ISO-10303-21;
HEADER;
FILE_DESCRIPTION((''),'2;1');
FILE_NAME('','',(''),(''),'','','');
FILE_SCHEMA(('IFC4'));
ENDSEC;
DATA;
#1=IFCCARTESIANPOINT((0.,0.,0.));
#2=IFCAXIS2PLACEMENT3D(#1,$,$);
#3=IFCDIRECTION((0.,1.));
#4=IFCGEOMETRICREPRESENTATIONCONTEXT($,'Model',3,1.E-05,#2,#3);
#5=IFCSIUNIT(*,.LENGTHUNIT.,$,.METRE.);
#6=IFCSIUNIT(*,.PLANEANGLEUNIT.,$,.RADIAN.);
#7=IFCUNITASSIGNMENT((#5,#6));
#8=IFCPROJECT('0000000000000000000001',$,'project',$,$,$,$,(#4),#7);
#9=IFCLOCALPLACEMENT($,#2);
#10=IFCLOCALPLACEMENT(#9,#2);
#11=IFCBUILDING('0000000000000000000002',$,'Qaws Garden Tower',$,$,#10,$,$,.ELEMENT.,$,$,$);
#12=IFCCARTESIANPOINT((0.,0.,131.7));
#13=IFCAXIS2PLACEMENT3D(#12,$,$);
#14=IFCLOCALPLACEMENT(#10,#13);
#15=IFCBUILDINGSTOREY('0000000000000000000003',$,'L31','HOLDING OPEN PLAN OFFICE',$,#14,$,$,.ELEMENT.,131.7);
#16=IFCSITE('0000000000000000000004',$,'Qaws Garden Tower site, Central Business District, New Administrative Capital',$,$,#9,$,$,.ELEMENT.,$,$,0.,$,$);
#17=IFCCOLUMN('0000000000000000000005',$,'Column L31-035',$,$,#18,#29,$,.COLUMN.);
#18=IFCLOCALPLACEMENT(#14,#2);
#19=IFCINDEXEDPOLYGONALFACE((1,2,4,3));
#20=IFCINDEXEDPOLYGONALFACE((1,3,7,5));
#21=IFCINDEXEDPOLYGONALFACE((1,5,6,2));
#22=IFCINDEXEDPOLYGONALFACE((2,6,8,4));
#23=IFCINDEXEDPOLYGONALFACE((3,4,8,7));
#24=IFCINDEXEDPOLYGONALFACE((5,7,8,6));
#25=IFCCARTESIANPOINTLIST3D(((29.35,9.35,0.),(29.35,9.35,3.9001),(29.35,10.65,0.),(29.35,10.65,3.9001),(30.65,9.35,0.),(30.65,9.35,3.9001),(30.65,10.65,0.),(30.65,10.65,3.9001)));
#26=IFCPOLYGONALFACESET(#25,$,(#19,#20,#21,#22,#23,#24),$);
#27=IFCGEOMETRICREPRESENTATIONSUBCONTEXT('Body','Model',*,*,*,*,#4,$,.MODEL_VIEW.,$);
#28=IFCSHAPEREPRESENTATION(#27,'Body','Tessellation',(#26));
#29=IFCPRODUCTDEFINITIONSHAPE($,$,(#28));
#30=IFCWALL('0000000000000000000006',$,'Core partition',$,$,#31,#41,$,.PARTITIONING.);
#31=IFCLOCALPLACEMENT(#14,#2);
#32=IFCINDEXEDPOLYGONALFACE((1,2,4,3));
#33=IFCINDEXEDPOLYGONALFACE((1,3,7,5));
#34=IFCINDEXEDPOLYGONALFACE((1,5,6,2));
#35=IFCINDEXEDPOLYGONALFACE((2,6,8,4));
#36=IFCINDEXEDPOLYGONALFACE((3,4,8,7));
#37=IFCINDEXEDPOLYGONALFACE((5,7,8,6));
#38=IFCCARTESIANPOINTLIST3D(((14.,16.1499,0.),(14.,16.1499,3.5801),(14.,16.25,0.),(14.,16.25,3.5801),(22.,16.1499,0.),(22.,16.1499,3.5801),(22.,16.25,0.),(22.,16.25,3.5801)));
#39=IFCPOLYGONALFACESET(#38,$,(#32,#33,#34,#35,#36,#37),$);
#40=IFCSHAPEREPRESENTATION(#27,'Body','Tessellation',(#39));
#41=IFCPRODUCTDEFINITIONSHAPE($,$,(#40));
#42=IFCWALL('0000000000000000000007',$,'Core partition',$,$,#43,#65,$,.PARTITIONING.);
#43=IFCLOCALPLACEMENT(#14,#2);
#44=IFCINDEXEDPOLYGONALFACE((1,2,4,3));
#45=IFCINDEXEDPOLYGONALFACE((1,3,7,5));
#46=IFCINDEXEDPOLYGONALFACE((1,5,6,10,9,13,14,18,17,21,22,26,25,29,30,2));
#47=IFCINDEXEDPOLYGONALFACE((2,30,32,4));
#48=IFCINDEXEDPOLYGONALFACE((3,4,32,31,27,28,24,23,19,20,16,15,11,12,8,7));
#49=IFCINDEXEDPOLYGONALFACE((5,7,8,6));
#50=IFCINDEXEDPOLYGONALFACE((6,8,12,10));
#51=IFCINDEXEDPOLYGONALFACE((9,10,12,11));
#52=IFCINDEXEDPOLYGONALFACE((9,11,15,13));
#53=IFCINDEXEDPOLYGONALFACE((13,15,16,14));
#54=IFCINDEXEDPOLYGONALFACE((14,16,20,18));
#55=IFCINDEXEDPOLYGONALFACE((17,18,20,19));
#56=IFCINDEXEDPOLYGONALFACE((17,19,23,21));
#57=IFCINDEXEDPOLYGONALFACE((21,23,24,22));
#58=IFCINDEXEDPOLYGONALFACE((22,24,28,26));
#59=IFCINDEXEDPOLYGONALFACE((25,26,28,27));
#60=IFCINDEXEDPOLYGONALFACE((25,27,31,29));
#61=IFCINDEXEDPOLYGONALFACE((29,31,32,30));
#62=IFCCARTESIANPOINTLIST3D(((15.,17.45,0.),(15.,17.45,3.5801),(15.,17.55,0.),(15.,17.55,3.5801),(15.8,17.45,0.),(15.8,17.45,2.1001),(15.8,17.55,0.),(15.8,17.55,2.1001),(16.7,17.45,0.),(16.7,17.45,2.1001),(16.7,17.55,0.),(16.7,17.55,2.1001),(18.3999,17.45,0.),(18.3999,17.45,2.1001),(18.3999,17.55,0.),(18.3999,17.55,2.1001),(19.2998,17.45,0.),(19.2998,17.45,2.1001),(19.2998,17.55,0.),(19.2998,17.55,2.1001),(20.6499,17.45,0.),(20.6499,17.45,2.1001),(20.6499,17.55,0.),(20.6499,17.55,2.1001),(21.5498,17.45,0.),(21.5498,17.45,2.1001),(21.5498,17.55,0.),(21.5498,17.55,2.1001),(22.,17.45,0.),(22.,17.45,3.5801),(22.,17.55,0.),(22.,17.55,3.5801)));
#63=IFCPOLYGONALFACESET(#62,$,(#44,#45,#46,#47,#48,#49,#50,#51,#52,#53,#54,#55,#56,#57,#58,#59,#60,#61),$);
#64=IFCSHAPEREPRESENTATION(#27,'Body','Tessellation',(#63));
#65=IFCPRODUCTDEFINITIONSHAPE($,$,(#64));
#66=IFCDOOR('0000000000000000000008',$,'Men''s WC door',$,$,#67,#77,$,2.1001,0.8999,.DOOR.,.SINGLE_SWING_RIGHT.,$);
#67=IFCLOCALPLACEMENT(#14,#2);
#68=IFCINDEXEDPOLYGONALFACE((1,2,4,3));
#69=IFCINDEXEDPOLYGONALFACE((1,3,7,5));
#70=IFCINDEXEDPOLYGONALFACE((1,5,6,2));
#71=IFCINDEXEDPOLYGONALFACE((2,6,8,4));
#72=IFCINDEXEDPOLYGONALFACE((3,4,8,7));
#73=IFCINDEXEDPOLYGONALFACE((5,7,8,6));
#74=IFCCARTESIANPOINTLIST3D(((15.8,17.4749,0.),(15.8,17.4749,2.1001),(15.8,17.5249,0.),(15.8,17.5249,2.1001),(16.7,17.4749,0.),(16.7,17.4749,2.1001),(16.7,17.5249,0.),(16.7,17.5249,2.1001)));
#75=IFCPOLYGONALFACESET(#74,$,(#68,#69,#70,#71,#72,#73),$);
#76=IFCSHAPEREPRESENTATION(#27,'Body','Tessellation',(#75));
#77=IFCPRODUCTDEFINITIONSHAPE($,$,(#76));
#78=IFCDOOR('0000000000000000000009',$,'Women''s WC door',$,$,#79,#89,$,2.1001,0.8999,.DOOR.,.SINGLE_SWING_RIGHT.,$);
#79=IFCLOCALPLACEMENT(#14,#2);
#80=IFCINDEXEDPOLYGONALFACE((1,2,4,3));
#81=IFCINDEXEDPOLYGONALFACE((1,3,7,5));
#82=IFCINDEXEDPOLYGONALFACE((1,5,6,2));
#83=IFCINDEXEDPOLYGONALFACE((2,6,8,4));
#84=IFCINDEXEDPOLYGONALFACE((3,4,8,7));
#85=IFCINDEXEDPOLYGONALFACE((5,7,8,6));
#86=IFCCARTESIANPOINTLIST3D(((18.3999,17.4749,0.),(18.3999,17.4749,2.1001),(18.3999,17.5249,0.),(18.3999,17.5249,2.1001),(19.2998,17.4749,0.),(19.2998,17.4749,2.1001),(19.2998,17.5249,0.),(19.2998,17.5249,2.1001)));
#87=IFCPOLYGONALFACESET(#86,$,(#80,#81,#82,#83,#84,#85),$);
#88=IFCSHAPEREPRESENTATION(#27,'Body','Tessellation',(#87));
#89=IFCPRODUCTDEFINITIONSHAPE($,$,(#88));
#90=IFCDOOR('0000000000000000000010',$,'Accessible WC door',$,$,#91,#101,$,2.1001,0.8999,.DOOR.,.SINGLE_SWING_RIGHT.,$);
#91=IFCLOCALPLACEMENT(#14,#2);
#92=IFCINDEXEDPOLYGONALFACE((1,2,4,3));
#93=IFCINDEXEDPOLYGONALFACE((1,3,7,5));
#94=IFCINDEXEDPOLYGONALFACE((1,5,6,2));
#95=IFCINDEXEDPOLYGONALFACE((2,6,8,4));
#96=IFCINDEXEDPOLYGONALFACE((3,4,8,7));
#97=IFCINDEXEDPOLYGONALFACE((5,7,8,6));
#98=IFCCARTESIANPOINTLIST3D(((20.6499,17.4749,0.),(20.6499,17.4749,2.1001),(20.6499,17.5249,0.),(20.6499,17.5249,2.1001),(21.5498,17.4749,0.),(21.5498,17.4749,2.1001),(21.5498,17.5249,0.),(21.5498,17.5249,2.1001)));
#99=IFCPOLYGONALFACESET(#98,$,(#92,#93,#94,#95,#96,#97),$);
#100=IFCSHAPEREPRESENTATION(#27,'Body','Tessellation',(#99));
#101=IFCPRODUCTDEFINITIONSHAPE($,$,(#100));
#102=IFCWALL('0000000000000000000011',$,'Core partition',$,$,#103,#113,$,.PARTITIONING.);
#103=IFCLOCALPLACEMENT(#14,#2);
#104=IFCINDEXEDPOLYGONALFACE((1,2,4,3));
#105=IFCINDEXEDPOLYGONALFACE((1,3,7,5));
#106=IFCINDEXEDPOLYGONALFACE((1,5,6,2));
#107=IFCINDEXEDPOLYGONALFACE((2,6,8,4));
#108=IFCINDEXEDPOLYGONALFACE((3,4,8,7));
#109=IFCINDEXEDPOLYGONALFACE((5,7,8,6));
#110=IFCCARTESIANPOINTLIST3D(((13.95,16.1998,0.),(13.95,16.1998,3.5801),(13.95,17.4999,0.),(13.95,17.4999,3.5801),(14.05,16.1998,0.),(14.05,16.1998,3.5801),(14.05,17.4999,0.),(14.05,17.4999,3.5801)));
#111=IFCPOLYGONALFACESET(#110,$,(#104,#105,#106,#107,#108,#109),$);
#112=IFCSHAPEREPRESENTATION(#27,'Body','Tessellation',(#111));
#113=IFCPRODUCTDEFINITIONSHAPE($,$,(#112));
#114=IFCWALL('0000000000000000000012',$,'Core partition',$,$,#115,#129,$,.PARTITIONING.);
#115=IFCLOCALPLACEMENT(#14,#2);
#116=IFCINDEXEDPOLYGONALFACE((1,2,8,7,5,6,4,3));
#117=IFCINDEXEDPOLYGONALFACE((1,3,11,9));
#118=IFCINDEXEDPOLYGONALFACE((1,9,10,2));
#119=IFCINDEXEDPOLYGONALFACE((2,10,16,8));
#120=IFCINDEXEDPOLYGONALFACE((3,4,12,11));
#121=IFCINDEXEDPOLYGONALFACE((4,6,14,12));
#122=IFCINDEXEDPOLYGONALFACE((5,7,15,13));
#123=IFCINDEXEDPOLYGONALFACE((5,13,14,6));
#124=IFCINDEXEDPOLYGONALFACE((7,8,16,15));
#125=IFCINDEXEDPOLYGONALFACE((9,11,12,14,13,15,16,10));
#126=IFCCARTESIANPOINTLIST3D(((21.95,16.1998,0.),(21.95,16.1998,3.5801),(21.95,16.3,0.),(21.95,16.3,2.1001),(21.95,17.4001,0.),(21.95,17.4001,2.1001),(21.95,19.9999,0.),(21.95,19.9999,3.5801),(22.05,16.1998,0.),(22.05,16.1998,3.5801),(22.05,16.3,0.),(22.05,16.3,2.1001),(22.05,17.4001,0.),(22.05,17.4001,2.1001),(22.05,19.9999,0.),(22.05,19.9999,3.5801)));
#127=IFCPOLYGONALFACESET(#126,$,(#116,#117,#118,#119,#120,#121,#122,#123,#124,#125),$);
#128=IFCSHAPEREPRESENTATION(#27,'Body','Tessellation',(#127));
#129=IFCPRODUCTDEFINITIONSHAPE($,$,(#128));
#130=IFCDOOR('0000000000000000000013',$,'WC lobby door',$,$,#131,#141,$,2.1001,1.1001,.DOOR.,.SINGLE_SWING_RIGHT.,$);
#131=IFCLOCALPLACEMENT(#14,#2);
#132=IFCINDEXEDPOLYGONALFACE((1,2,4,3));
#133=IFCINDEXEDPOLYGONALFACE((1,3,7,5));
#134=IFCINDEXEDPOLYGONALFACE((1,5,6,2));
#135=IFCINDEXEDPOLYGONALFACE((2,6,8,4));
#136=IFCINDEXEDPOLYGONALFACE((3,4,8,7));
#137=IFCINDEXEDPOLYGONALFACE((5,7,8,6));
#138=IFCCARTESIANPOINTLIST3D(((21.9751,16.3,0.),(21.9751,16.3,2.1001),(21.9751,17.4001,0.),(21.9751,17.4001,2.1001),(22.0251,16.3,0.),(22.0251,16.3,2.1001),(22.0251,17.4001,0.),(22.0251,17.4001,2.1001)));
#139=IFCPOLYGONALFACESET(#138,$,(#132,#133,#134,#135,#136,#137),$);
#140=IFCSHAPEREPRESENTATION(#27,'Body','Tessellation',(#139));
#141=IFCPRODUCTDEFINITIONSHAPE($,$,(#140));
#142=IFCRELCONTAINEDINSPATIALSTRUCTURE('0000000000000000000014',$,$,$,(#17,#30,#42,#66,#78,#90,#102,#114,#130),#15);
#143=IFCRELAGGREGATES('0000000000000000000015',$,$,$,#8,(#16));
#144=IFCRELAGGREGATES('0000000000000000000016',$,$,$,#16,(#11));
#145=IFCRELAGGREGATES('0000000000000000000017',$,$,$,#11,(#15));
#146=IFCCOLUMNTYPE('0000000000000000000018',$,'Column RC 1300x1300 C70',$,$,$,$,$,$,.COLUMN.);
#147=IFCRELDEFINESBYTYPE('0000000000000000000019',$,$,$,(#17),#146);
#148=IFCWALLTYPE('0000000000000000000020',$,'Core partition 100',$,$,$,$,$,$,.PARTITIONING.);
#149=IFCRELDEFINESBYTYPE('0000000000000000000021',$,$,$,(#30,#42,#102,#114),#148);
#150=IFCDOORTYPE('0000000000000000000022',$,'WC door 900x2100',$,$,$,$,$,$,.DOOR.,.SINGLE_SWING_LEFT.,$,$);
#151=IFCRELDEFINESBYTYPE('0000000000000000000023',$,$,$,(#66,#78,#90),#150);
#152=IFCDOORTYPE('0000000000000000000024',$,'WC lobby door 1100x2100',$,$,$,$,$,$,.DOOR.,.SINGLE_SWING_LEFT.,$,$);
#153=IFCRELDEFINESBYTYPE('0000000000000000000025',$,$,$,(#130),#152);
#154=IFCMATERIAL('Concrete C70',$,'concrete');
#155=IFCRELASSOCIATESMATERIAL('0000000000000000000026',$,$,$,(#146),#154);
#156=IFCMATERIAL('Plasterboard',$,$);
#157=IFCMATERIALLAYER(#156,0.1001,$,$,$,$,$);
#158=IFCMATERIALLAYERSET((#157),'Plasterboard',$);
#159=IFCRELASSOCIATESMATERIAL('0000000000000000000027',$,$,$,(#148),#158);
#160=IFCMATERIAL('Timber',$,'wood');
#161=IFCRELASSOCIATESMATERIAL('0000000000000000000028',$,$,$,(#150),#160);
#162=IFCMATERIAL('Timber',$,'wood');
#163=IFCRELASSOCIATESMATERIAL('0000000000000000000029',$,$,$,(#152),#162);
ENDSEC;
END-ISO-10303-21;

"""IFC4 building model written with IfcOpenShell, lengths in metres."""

from ifc_helpers import new_model, si_unit, direction, frame, frame_2d, origin, origin_2d, place, context, subcontext, project, spatial, rectangle, extrude, material, layer, layer_set, material_profile, profile_set, type_object, element, fill, save


model = new_model("IFC4")

# Units and contexts
model_context = context("Model", 3, precision=1e-05, world=origin(), true_north=direction((0.0, 1.0)))
body_context = subcontext(model_context, "Body", "Model", "MODEL_VIEW")
ifc_project = project(units=[si_unit("LENGTHUNIT", "METRE"), si_unit("PLANEANGLEUNIT", "RADIAN")], contexts=[model_context])

# Site, building, storey
site_placement = place(None, origin())
site = spatial("IfcSite", under=ifc_project, at=site_placement, Name="Qaws Garden Tower site, Central Business District, New Administrative Capital", CompositionType="ELEMENT", RefElevation=0.0)
building_placement = place(site_placement, origin())
building = spatial("IfcBuilding", under=site, at=building_placement, Name="Qaws Garden Tower", CompositionType="ELEMENT")
storey_placement = place(building_placement, frame((0.0, 0.0, 131.7)))
storey = spatial("IfcBuildingStorey", under=building, at=storey_placement, Name="L31", Description="HOLDING OPEN PLAN OFFICE", CompositionType="ELEMENT", Elevation=131.7)

# Column
ifc_material_1 = material(Name="Concrete C70", Category="concrete")
ifc_material_profile = material_profile(ifc_material_1, rectangle(XDim=1.3, YDim=1.3, at=origin_2d()), Name="RC 1300x1300")
ifc_profile_set = profile_set([ifc_material_profile], Name="Concrete C70")
column_type = type_object("IfcColumnType", Name="Column RC 1300x1300 C70", PredefinedType="COLUMN", material=ifc_profile_set)
column_placement = place(storey_placement, frame((30.0, 10.0, 0.0), z_axis=(0.0, 0.0, 1.0), x_axis=(1.0, 0.0, 0.0)))
element("IfcColumn", 1, at=column_placement, inside=storey, type_object=column_type, Name="Column L31-035", PredefinedType="COLUMN", context=body_context, shape_type="SweptSolid", body=[
    extrude(rectangle(XDim=1.3, YDim=1.3, at=origin_2d()), origin(), (0.0, 0.0, 1.0), 3.9001),
])

# Wall
ifc_material_2 = material(Name="Plasterboard")
ifc_layer_1 = layer(ifc_material_2, 0.1001)
ifc_layer_set_1 = layer_set([ifc_layer_1], Name="Plasterboard")
wall_type_1 = type_object("IfcWallType", Name="Core partition 100", PredefinedType="PARTITIONING", material=ifc_layer_set_1)
wall_1_placement = place(storey_placement, frame((14.0, 16.2, 0.0), z_axis=(0.0, 0.0, 1.0), x_axis=(1.0, 0.0, 0.0)))
element("IfcWall", 2, at=wall_1_placement, inside=storey, type_object=wall_type_1, Name="Core partition", PredefinedType="PARTITIONING", context=body_context, shape_type="SweptSolid", body=[
    extrude(rectangle(XDim=8.0, YDim=0.1001, at=frame_2d((4.0, 0.0))), origin(), (0.0, 0.0, 1.0), 3.5801),
])

# Wall, openings, doors
wall_2_placement = place(storey_placement, frame((15.0, 17.5, 0.0), z_axis=(0.0, 0.0, 1.0), x_axis=(1.0, 0.0, 0.0)))
wall_2 = element("IfcWall", 3, at=wall_2_placement, inside=storey, type_object=wall_type_1, Name="Core partition", PredefinedType="PARTITIONING", context=body_context, shape_type="SweptSolid", body=[
    extrude(rectangle(XDim=7.0, YDim=0.1001, at=frame_2d((3.5, 0.0))), origin(), (0.0, 0.0, 1.0), 3.5801),
])
opening_1_placement = place(wall_2_placement, frame((0.8, 0.0, 0.0)))
opening_1 = element("IfcOpeningElement", 4, at=opening_1_placement, cuts=wall_2, PredefinedType="OPENING", context=body_context, shape_type="SweptSolid", body=[
    extrude(rectangle(XDim=0.8999, YDim=2.1001, at=frame_2d((0.45, 1.05))), frame((0.0, 0.0601, 0.0), z_axis=(0.0, -1.0, 0.0), x_axis=(1.0, 0.0, 0.0)), (0.0, 0.0, 1.0), 0.1201),
])
opening_2_placement = place(wall_2_placement, frame((3.3999, 0.0, 0.0)))
opening_2 = element("IfcOpeningElement", 5, at=opening_2_placement, cuts=wall_2, PredefinedType="OPENING", context=body_context, shape_type="SweptSolid", body=[
    extrude(rectangle(XDim=0.8999, YDim=2.1001, at=frame_2d((0.45, 1.05))), frame((0.0, 0.0601, 0.0), z_axis=(0.0, -1.0, 0.0), x_axis=(1.0, 0.0, 0.0)), (0.0, 0.0, 1.0), 0.1201),
])
opening_3_placement = place(wall_2_placement, frame((5.6499, 0.0, 0.0)))
opening_3 = element("IfcOpeningElement", 6, at=opening_3_placement, cuts=wall_2, PredefinedType="OPENING", context=body_context, shape_type="SweptSolid", body=[
    extrude(rectangle(XDim=0.8999, YDim=2.1001, at=frame_2d((0.45, 1.05))), frame((0.0, 0.0601, 0.0), z_axis=(0.0, -1.0, 0.0), x_axis=(1.0, 0.0, 0.0)), (0.0, 0.0, 1.0), 0.1201),
])
ifc_material_3 = material(Name="Timber", Category="wood")
door_type_1 = type_object("IfcDoorType", Name="WC door 900x2100", OperationType="SINGLE_SWING_LEFT", PredefinedType="DOOR", material=ifc_material_3)
door_1_placement = place(opening_1_placement, origin())
door_1 = element("IfcDoor", 7, at=door_1_placement, inside=storey, type_object=door_type_1, Name="Men's WC door", OperationType="SINGLE_SWING_RIGHT", OverallHeight=2.1001, OverallWidth=0.8999, PredefinedType="DOOR", context=body_context, shape_type="SweptSolid", body=[
    extrude(rectangle(XDim=0.8999, YDim=2.1001, at=frame_2d((0.45, 1.05))), frame((0.0, 0.0249, 0.0), z_axis=(0.0, -1.0, 0.0), x_axis=(1.0, 0.0, 0.0)), (0.0, 0.0, 1.0), 0.05),
])
fill(opening_1, door_1)
door_2_placement = place(opening_2_placement, origin())
door_2 = element("IfcDoor", 8, at=door_2_placement, inside=storey, type_object=door_type_1, Name="Women's WC door", OperationType="SINGLE_SWING_RIGHT", OverallHeight=2.1001, OverallWidth=0.8999, PredefinedType="DOOR", context=body_context, shape_type="SweptSolid", body=[
    extrude(rectangle(XDim=0.8999, YDim=2.1001, at=frame_2d((0.45, 1.05))), frame((0.0, 0.0249, 0.0), z_axis=(0.0, -1.0, 0.0), x_axis=(1.0, 0.0, 0.0)), (0.0, 0.0, 1.0), 0.05),
])
fill(opening_2, door_2)
door_3_placement = place(opening_3_placement, origin())
door_3 = element("IfcDoor", 9, at=door_3_placement, inside=storey, type_object=door_type_1, Name="Accessible WC door", OperationType="SINGLE_SWING_RIGHT", OverallHeight=2.1001, OverallWidth=0.8999, PredefinedType="DOOR", context=body_context, shape_type="SweptSolid", body=[
    extrude(rectangle(XDim=0.8999, YDim=2.1001, at=frame_2d((0.45, 1.05))), frame((0.0, 0.0249, 0.0), z_axis=(0.0, -1.0, 0.0), x_axis=(1.0, 0.0, 0.0)), (0.0, 0.0, 1.0), 0.05),
])
fill(opening_3, door_3)

# Wall
wall_3_placement = place(storey_placement, frame((14.0, 16.2, 0.0), z_axis=(0.0, 0.0, 1.0), x_axis=(0.0, 1.0, 0.0)))
element("IfcWall", 10, at=wall_3_placement, inside=storey, type_object=wall_type_1, Name="Core partition", PredefinedType="PARTITIONING", context=body_context, shape_type="SweptSolid", body=[
    extrude(rectangle(XDim=1.3, YDim=0.1001, at=frame_2d((0.6499, 0.0))), origin(), (0.0, 0.0, 1.0), 3.5801),
])

# Wall, opening, door
wall_4_placement = place(storey_placement, frame((22.0, 16.2, 0.0), z_axis=(0.0, 0.0, 1.0), x_axis=(0.0, 1.0, 0.0)))
wall_4 = element("IfcWall", 11, at=wall_4_placement, inside=storey, type_object=wall_type_1, Name="Core partition", PredefinedType="PARTITIONING", context=body_context, shape_type="SweptSolid", body=[
    extrude(rectangle(XDim=3.8, YDim=0.1001, at=frame_2d((1.8999, 0.0))), origin(), (0.0, 0.0, 1.0), 3.5801),
])
opening_4_placement = place(wall_4_placement, frame((0.1001, 0.0, 0.0)))
opening_4 = element("IfcOpeningElement", 12, at=opening_4_placement, cuts=wall_4, PredefinedType="OPENING", context=body_context, shape_type="SweptSolid", body=[
    extrude(rectangle(XDim=1.1001, YDim=2.1001, at=frame_2d((0.55, 1.05))), frame((0.0, 0.0601, 0.0), z_axis=(0.0, -1.0, 0.0), x_axis=(1.0, 0.0, 0.0)), (0.0, 0.0, 1.0), 0.1201),
])
ifc_material_4 = material(Name="Timber", Category="wood")
door_type_2 = type_object("IfcDoorType", Name="WC lobby door 1100x2100", OperationType="SINGLE_SWING_LEFT", PredefinedType="DOOR", material=ifc_material_4)
door_4_placement = place(opening_4_placement, origin())
door_4 = element("IfcDoor", 13, at=door_4_placement, inside=storey, type_object=door_type_2, Name="WC lobby door", OperationType="SINGLE_SWING_RIGHT", OverallHeight=2.1001, OverallWidth=1.1001, PredefinedType="DOOR", context=body_context, shape_type="SweptSolid", body=[
    extrude(rectangle(XDim=1.1001, YDim=2.1001, at=frame_2d((0.55, 1.05))), frame((0.0, 0.0249, 0.0), z_axis=(0.0, -1.0, 0.0), x_axis=(1.0, 0.0, 0.0)), (0.0, 0.0, 1.0), 0.05),
])
fill(opening_4, door_4)

save(model, "model.ifc")
